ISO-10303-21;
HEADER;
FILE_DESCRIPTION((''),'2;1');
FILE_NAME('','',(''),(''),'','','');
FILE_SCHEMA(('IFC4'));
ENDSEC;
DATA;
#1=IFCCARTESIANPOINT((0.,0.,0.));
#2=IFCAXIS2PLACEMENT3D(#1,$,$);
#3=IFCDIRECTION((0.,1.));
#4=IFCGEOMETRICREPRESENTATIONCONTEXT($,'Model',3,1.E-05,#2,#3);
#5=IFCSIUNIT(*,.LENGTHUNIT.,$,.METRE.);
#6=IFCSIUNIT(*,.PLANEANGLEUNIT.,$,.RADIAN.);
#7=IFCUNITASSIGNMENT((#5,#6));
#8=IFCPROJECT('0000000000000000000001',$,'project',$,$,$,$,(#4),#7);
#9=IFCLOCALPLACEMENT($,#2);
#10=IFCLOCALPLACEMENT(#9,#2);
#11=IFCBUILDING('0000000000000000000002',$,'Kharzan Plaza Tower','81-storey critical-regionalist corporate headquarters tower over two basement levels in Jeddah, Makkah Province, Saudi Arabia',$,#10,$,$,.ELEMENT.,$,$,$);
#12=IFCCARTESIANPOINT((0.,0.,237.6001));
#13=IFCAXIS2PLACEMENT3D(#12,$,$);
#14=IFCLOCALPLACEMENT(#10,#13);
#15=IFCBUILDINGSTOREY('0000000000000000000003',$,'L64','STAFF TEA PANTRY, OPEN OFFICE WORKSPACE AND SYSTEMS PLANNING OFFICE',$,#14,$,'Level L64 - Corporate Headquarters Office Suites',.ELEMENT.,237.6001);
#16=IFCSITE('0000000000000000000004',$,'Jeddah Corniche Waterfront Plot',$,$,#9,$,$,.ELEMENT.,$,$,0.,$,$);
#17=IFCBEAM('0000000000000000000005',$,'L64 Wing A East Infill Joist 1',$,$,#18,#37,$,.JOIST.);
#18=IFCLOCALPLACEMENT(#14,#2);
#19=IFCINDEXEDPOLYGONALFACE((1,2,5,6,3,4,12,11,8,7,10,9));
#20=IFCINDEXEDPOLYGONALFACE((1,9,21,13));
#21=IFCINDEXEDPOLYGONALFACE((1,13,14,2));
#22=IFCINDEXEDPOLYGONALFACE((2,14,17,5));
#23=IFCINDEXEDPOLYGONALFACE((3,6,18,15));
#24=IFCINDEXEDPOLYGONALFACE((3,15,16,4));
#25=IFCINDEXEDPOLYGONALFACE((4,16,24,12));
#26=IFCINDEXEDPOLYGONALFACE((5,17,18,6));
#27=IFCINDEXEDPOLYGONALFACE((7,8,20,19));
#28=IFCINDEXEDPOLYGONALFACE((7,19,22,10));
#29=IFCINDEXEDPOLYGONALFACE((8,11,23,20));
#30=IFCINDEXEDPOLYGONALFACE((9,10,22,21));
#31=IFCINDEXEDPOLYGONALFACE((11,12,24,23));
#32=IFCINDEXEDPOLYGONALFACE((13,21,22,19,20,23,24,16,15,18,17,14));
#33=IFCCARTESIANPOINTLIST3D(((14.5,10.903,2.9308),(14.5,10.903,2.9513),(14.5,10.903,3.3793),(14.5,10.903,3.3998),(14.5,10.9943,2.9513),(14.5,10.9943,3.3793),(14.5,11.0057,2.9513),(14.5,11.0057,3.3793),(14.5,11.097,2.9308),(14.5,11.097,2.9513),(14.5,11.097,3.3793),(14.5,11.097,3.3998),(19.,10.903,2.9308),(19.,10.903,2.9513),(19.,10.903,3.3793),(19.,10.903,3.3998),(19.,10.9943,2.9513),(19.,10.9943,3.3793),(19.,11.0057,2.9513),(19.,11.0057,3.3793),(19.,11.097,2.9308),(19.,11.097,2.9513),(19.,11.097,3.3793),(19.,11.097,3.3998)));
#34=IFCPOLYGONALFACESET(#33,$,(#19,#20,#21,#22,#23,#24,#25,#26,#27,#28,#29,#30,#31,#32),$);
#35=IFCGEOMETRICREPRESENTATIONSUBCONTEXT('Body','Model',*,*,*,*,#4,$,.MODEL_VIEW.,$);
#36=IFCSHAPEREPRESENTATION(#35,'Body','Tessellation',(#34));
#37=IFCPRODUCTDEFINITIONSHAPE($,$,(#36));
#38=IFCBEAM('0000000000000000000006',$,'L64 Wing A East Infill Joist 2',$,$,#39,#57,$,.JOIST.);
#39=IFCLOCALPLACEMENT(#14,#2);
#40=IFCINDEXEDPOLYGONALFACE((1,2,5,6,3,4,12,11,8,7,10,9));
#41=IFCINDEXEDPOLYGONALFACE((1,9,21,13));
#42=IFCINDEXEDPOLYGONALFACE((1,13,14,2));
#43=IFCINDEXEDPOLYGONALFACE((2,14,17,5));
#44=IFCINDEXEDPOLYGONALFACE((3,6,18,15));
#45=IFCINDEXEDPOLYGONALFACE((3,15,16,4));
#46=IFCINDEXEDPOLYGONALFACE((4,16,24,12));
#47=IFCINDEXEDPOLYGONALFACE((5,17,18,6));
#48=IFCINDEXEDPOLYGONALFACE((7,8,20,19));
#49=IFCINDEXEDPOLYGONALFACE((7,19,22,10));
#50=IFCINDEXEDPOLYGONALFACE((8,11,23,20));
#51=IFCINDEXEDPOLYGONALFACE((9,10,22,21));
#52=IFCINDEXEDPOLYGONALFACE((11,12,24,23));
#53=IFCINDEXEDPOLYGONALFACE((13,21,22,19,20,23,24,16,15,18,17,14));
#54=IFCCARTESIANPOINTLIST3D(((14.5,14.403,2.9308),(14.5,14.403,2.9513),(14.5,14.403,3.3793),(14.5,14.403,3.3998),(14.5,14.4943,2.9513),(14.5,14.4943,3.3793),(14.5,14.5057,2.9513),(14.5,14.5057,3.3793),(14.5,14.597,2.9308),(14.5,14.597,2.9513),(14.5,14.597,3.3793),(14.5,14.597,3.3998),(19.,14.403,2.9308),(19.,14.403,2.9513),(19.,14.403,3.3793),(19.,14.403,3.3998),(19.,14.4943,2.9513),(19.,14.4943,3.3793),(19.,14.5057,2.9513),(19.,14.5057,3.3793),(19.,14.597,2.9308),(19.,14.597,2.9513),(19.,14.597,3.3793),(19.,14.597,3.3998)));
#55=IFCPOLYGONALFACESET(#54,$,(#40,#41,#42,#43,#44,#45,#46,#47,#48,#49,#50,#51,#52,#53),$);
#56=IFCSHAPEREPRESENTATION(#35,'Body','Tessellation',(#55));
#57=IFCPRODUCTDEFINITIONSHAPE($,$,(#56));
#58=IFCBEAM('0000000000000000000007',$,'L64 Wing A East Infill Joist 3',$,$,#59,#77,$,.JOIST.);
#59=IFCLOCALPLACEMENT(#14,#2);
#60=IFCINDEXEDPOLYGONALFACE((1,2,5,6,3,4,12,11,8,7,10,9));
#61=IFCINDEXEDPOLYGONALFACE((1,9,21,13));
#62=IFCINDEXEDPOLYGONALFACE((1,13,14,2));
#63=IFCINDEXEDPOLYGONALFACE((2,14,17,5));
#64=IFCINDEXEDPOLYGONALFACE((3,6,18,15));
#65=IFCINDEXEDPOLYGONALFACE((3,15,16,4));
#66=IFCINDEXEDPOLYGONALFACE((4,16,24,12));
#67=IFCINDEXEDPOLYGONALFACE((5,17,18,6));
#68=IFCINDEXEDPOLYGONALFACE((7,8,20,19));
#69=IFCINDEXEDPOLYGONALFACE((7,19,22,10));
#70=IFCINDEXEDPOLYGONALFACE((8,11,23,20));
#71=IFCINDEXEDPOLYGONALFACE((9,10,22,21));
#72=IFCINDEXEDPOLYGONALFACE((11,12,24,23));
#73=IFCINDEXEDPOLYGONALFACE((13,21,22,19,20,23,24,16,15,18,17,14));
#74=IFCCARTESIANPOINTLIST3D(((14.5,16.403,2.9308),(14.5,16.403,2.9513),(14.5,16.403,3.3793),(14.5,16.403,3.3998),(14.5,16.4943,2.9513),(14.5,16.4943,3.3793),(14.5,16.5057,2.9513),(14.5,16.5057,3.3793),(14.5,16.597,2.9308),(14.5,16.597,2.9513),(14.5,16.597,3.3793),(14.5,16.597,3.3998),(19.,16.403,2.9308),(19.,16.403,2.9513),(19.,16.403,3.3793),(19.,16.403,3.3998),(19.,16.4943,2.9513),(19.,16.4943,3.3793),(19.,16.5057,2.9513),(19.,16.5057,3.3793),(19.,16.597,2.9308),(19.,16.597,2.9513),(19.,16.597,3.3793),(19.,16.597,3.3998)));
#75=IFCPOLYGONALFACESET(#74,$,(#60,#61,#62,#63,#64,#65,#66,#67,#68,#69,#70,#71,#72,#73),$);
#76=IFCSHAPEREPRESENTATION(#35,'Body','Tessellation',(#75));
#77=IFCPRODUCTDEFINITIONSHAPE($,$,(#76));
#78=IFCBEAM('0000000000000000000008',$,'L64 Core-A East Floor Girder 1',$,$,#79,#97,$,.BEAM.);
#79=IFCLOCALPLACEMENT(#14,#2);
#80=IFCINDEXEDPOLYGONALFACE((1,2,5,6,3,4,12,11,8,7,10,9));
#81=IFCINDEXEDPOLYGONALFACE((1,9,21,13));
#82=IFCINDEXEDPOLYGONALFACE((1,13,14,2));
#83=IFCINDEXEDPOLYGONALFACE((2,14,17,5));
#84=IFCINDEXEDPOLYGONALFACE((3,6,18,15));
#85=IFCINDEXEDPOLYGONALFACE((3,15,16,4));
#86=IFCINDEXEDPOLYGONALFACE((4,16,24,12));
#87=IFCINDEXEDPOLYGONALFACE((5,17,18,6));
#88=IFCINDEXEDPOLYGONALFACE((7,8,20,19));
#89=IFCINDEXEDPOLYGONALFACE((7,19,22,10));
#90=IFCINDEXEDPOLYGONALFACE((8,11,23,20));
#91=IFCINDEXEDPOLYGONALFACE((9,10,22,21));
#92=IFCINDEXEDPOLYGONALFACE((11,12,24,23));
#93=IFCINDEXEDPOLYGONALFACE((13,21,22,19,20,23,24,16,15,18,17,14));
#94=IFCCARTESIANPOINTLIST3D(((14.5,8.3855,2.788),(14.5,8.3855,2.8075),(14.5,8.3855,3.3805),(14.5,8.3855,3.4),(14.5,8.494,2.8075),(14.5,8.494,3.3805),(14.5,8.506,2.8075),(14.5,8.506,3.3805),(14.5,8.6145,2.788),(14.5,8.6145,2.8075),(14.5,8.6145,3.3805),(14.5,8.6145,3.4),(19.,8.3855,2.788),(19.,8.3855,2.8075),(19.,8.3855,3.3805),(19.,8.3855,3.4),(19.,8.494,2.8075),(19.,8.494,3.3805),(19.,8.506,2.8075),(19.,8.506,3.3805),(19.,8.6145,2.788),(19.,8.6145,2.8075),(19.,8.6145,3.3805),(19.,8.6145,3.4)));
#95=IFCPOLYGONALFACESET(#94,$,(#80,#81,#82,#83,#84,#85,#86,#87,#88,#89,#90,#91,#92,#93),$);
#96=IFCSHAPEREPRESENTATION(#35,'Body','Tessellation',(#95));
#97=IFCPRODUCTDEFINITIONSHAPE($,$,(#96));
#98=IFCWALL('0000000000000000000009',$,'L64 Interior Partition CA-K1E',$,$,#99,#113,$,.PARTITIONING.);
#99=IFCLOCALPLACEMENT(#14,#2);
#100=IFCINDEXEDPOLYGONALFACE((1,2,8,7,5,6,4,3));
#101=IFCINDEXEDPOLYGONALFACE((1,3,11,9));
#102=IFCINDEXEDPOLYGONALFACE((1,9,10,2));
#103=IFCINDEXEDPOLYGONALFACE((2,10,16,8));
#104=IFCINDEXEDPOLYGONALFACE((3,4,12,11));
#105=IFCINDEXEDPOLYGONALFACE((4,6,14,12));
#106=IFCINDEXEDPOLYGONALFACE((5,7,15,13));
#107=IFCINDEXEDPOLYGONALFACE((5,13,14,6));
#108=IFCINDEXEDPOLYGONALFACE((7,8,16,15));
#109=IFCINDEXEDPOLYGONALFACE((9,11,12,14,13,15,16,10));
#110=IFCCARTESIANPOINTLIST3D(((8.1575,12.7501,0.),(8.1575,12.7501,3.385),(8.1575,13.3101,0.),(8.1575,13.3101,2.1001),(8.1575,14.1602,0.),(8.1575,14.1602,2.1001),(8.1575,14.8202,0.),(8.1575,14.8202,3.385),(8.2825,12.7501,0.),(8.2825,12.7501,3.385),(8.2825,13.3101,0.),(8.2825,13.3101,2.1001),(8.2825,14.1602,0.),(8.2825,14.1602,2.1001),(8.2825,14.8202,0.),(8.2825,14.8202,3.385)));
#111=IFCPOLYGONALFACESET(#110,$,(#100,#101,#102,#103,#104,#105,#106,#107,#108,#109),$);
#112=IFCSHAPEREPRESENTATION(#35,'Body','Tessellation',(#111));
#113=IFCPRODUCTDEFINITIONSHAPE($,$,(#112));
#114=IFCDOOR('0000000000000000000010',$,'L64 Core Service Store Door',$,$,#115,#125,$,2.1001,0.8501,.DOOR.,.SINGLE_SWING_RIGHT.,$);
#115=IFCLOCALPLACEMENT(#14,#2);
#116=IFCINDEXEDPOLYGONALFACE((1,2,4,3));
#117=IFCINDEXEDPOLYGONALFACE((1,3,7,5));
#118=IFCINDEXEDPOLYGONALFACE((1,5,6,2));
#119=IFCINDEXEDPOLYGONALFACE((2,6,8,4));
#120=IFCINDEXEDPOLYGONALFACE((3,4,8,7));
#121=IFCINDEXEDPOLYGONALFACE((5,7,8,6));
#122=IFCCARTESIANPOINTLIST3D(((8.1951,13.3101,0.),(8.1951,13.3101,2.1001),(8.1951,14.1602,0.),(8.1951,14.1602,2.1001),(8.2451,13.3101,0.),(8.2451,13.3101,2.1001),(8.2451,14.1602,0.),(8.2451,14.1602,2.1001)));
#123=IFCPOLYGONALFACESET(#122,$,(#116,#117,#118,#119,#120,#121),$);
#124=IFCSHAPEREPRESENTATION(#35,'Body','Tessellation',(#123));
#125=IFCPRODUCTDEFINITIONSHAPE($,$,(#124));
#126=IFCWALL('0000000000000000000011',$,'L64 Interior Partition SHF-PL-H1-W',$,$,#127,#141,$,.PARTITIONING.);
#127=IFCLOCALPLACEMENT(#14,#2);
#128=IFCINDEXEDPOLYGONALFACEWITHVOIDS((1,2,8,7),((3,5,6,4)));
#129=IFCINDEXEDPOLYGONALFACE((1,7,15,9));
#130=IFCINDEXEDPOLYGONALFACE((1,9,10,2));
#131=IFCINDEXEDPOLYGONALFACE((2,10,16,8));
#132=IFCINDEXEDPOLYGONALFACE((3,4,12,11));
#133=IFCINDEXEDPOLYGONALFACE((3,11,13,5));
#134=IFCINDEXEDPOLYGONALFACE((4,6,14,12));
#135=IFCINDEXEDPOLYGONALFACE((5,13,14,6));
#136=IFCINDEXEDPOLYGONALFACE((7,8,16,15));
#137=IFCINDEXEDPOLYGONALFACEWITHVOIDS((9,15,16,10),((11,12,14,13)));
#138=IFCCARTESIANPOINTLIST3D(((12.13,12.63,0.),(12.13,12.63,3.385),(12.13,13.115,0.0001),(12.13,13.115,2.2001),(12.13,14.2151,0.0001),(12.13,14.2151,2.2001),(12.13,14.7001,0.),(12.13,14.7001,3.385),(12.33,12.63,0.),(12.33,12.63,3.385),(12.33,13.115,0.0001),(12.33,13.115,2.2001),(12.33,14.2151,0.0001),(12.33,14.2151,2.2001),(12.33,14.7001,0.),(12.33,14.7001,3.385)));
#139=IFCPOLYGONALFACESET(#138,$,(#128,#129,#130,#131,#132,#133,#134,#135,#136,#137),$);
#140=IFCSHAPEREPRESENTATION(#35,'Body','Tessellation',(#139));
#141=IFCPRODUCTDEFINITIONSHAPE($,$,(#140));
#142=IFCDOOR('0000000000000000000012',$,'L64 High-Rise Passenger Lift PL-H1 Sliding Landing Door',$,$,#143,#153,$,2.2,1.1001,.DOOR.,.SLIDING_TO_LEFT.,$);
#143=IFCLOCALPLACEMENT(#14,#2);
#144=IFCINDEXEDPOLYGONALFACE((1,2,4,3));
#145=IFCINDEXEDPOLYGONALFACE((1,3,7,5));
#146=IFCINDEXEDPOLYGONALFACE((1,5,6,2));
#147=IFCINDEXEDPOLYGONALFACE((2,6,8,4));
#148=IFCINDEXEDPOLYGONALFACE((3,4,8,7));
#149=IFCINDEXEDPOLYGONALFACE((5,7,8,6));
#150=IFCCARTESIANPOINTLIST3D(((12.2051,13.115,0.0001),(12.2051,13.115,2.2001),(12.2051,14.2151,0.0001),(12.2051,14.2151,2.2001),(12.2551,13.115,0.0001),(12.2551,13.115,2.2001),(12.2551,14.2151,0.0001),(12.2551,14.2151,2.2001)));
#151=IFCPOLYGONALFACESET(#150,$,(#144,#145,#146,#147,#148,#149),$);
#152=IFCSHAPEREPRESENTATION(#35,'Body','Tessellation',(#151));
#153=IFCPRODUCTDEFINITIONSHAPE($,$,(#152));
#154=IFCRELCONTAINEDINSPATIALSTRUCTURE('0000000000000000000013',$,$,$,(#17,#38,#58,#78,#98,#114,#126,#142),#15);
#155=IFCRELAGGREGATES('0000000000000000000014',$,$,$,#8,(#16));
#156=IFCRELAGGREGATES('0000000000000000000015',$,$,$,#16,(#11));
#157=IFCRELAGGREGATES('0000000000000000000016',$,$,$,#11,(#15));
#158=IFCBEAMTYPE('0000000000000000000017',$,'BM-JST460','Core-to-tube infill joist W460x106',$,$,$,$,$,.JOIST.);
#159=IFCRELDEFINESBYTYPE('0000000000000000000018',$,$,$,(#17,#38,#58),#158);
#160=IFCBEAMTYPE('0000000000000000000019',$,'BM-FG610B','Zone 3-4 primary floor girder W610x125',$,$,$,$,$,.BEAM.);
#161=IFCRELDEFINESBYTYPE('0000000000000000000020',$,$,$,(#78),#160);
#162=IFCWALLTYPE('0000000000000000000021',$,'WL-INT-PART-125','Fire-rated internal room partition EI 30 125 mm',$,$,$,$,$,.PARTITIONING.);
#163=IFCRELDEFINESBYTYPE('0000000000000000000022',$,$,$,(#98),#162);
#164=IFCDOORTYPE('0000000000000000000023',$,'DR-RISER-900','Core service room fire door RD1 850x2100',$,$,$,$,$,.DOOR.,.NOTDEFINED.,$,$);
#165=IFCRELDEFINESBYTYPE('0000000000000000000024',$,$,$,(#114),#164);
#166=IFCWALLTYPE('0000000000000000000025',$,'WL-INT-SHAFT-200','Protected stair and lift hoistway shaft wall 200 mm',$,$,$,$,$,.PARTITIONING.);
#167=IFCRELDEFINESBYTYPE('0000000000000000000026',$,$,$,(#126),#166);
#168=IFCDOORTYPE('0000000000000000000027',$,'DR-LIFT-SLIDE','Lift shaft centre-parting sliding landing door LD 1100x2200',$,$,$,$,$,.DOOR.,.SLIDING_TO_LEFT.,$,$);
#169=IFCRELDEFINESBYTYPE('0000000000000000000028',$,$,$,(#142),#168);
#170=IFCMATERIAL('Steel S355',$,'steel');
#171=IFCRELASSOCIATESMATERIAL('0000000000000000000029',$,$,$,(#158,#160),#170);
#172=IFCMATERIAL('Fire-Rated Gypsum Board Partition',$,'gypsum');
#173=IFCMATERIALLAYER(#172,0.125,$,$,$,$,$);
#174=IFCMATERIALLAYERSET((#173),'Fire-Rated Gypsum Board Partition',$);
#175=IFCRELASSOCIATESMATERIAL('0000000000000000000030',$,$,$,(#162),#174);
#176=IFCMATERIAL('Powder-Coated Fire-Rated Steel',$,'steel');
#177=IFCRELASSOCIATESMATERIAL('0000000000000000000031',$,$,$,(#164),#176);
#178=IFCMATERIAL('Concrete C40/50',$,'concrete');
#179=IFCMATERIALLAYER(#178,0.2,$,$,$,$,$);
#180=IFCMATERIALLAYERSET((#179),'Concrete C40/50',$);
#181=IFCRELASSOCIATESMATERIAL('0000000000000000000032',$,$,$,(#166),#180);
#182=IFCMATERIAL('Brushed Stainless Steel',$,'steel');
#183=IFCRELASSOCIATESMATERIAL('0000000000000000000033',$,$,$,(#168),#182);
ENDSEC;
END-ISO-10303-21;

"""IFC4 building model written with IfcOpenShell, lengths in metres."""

from ifc_helpers import new_model, si_unit, direction, frame, frame_2d, origin, origin_2d, place, context, subcontext, project, spatial, rectangle, i_section, extrude, source, transform, mapped, material, layer, layer_set, material_profile, profile_set, type_object, element, fill, save


model = new_model("IFC4")

# Units and contexts
model_context = context("Model", 3, precision=1e-05, world=origin(), true_north=direction((0.0, 1.0)))
body_context = subcontext(model_context, "Body", "Model", "MODEL_VIEW")
ifc_project = project(units=[si_unit("LENGTHUNIT", "METRE"), si_unit("PLANEANGLEUNIT", "RADIAN")], contexts=[model_context])

# Site, building, storey
site_placement = place(None, origin())
site = spatial("IfcSite", under=ifc_project, at=site_placement, Name="Jeddah Corniche Waterfront Plot", CompositionType="ELEMENT", RefElevation=0.0)
building_placement = place(site_placement, origin())
building = spatial("IfcBuilding", under=site, at=building_placement, Name="Kharzan Plaza Tower", Description="81-storey critical-regionalist corporate headquarters tower over two basement levels in Jeddah, Makkah Province, Saudi Arabia", CompositionType="ELEMENT")
storey_placement = place(building_placement, frame((0.0, 0.0, 237.6001)))
storey = spatial("IfcBuildingStorey", under=building, at=storey_placement, Name="L64", Description="STAFF TEA PANTRY, OPEN OFFICE WORKSPACE AND SYSTEMS PLANNING OFFICE", LongName="Level L64 - Corporate Headquarters Office Suites", CompositionType="ELEMENT", Elevation=237.6001)

# Beams
ifc_material_1 = material(Name="Steel S355", Category="steel")
ifc_material_profile_1 = material_profile(ifc_material_1, i_section(OverallWidth=0.1941, OverallDepth=0.469, WebThickness=0.0115, FlangeThickness=0.0205, at=origin_2d()), Name="W460x106")
ifc_profile_set_1 = profile_set([ifc_material_profile_1], Name="Steel S355")
beam_type_1 = type_object("IfcBeamType", Name="BM-JST460", Description="Core-to-tube infill joist W460x106", PredefinedType="JOIST", material=ifc_profile_set_1)
shared_shape_1 = source(origin(), body_context, "Body", "SweptSolid", [
    extrude(i_section(OverallWidth=0.1941, OverallDepth=0.469, WebThickness=0.0115, FlangeThickness=0.0205, at=origin_2d()), origin(), (0.0, 0.0, 1.0), 4.5),
])
for number, where, z_axis, x_axis, name in (
    (1, (14.5, 11.0, 3.1653), (1.0, 0.0, 0.0), (0.0, 1.0, 0.0), "L64 Wing A East Infill Joist 1"),
    (2, (14.5, 14.5, 3.1653), (1.0, 0.0, 0.0), (0.0, 1.0, 0.0), "L64 Wing A East Infill Joist 2"),
    (3, (14.5, 16.5, 3.1653), (1.0, 0.0, 0.0), (0.0, 1.0, 0.0), "L64 Wing A East Infill Joist 3"),
):
    element("IfcBeam", number, at=place(storey_placement, frame(where, z_axis=z_axis, x_axis=x_axis)), inside=storey, type_object=beam_type_1, Name=name, PredefinedType="JOIST", context=body_context, shape_type="MappedRepresentation", body=[
        mapped(shared_shape_1, transform((0.0, 0.0, 0.0), x_axis=(1.0, 0.0, 0.0), y_axis=(0.0, 1.0, 0.0), z_axis=(0.0, 0.0, 1.0))),
    ])
ifc_material_profile_2 = material_profile(ifc_material_1, i_section(OverallWidth=0.229, OverallDepth=0.6121, WebThickness=0.012, FlangeThickness=0.0195, at=origin_2d()), Name="W610x125")
ifc_profile_set_2 = profile_set([ifc_material_profile_2], Name="Steel S355")
beam_type_2 = type_object("IfcBeamType", Name="BM-FG610B", Description="Zone 3-4 primary floor girder W610x125", PredefinedType="BEAM", material=ifc_profile_set_2)
shared_shape_2 = source(origin(), body_context, "Body", "SweptSolid", [
    extrude(i_section(OverallWidth=0.229, OverallDepth=0.6121, WebThickness=0.012, FlangeThickness=0.0195, at=origin_2d()), origin(), (0.0, 0.0, 1.0), 4.5),
])
beam_placement = place(storey_placement, frame((14.5, 8.5, 3.094), z_axis=(1.0, 0.0, 0.0), x_axis=(0.0, 1.0, 0.0)))
element("IfcBeam", 4, at=beam_placement, inside=storey, type_object=beam_type_2, Name="L64 Core-A East Floor Girder 1", PredefinedType="BEAM", context=body_context, shape_type="MappedRepresentation", body=[
    mapped(shared_shape_2, transform((0.0, 0.0, 0.0), x_axis=(1.0, 0.0, 0.0), y_axis=(0.0, 1.0, 0.0), z_axis=(0.0, 0.0, 1.0))),
])

# Walls, openings, doors
ifc_material_2 = material(Name="Fire-Rated Gypsum Board Partition", Category="gypsum")
ifc_layer_1 = layer(ifc_material_2, 0.125)
ifc_layer_set_1 = layer_set([ifc_layer_1], Name="Fire-Rated Gypsum Board Partition")
wall_type_1 = type_object("IfcWallType", Name="WL-INT-PART-125", Description="Fire-rated internal room partition EI 30 125 mm", PredefinedType="PARTITIONING", material=ifc_layer_set_1)
wall_1_placement = place(storey_placement, frame((8.22, 12.75, 0.0), z_axis=(0.0, 0.0, 1.0), x_axis=(0.0, 1.0, 0.0)))
wall_1 = element("IfcWall", 5, at=wall_1_placement, inside=storey, type_object=wall_type_1, Name="L64 Interior Partition CA-K1E", PredefinedType="PARTITIONING", context=body_context, shape_type="SweptSolid", body=[
    extrude(rectangle(XDim=2.0701, YDim=0.125, at=frame_2d((1.0352, 0.0))), origin(), (0.0, 0.0, 1.0), 3.385),
])
opening_1_placement = place(wall_1_placement, frame((0.5601, 0.0, 0.0)))
opening_1 = element("IfcOpeningElement", 6, at=opening_1_placement, cuts=wall_1, PredefinedType="OPENING", context=body_context, shape_type="SweptSolid", body=[
    extrude(rectangle(XDim=0.8501, YDim=2.1001, at=frame_2d((0.425, 1.05))), frame((0.0, 0.0725, 0.0), z_axis=(0.0, -1.0, 0.0), x_axis=(1.0, 0.0, 0.0)), (0.0, 0.0, 1.0), 0.145),
])
ifc_material_3 = material(Name="Powder-Coated Fire-Rated Steel", Category="steel")
door_type_1 = type_object("IfcDoorType", Name="DR-RISER-900", Description="Core service room fire door RD1 850x2100", OperationType="NOTDEFINED", PredefinedType="DOOR", material=ifc_material_3)
shared_shape_3 = source(origin(), body_context, "Body", "SweptSolid", [
    extrude(rectangle(XDim=0.8501, YDim=2.1001, at=frame_2d((0.425, 1.05))), frame((0.0, 0.0249, 0.0), z_axis=(0.0, -1.0, 0.0), x_axis=(1.0, 0.0, 0.0)), (0.0, 0.0, 1.0), 0.05),
])
door_1_placement = place(opening_1_placement, origin())
door_1 = element("IfcDoor", 7, at=door_1_placement, inside=storey, type_object=door_type_1, Name="L64 Core Service Store Door", OperationType="SINGLE_SWING_RIGHT", OverallHeight=2.1001, OverallWidth=0.8501, PredefinedType="DOOR", context=body_context, shape_type="MappedRepresentation", body=[
    mapped(shared_shape_3, transform((0.0, 0.0, 0.0), x_axis=(1.0, 0.0, 0.0), y_axis=(0.0, 1.0, 0.0), z_axis=(0.0, 0.0, 1.0))),
])
fill(opening_1, door_1)
ifc_material_4 = material(Name="Concrete C40/50", Category="concrete")
ifc_layer_2 = layer(ifc_material_4, 0.2)
ifc_layer_set_2 = layer_set([ifc_layer_2], Name="Concrete C40/50")
wall_type_2 = type_object("IfcWallType", Name="WL-INT-SHAFT-200", Description="Protected stair and lift hoistway shaft wall 200 mm", PredefinedType="PARTITIONING", material=ifc_layer_set_2)
wall_2_placement = place(storey_placement, frame((12.23, 12.6299, 0.0), z_axis=(0.0, 0.0, 1.0), x_axis=(0.0, 1.0, 0.0)))
wall_2 = element("IfcWall", 8, at=wall_2_placement, inside=storey, type_object=wall_type_2, Name="L64 Interior Partition SHF-PL-H1-W", PredefinedType="PARTITIONING", context=body_context, shape_type="SweptSolid", body=[
    extrude(rectangle(XDim=2.0701, YDim=0.2, at=frame_2d((1.0352, 0.0))), origin(), (0.0, 0.0, 1.0), 3.385),
])
opening_2_placement = place(wall_2_placement, frame((0.4851, 0.0, 0.0)))
opening_2 = element("IfcOpeningElement", 9, at=opening_2_placement, cuts=wall_2, PredefinedType="OPENING", context=body_context, shape_type="SweptSolid", body=[
    extrude(rectangle(XDim=1.1001, YDim=2.2, at=frame_2d((0.55, 1.1001))), frame((0.0, 0.1099, 0.0), z_axis=(0.0, -1.0, 0.0), x_axis=(1.0, 0.0, 0.0)), (0.0, 0.0, 1.0), 0.22),
])
ifc_material_5 = material(Name="Brushed Stainless Steel", Category="steel")
door_type_2 = type_object("IfcDoorType", Name="DR-LIFT-SLIDE", Description="Lift shaft centre-parting sliding landing door LD 1100x2200", OperationType="SLIDING_TO_LEFT", PredefinedType="DOOR", material=ifc_material_5)
shared_shape_4 = source(origin(), body_context, "Body", "SweptSolid", [
    extrude(rectangle(XDim=1.1001, YDim=2.2, at=frame_2d((0.55, 1.1001))), frame((0.0, 0.0249, 0.0), z_axis=(0.0, -1.0, 0.0), x_axis=(1.0, 0.0, 0.0)), (0.0, 0.0, 1.0), 0.05),
])
door_2_placement = place(opening_2_placement, origin())
door_2 = element("IfcDoor", 10, at=door_2_placement, inside=storey, type_object=door_type_2, Name="L64 High-Rise Passenger Lift PL-H1 Sliding Landing Door", OperationType="SLIDING_TO_LEFT", OverallHeight=2.2, OverallWidth=1.1001, PredefinedType="DOOR", context=body_context, shape_type="MappedRepresentation", body=[
    mapped(shared_shape_4, transform((0.0, 0.0, 0.0), x_axis=(1.0, 0.0, 0.0), y_axis=(0.0, 1.0, 0.0), z_axis=(0.0, 0.0, 1.0))),
])
fill(opening_2, door_2)

save(model, "model.ifc")
